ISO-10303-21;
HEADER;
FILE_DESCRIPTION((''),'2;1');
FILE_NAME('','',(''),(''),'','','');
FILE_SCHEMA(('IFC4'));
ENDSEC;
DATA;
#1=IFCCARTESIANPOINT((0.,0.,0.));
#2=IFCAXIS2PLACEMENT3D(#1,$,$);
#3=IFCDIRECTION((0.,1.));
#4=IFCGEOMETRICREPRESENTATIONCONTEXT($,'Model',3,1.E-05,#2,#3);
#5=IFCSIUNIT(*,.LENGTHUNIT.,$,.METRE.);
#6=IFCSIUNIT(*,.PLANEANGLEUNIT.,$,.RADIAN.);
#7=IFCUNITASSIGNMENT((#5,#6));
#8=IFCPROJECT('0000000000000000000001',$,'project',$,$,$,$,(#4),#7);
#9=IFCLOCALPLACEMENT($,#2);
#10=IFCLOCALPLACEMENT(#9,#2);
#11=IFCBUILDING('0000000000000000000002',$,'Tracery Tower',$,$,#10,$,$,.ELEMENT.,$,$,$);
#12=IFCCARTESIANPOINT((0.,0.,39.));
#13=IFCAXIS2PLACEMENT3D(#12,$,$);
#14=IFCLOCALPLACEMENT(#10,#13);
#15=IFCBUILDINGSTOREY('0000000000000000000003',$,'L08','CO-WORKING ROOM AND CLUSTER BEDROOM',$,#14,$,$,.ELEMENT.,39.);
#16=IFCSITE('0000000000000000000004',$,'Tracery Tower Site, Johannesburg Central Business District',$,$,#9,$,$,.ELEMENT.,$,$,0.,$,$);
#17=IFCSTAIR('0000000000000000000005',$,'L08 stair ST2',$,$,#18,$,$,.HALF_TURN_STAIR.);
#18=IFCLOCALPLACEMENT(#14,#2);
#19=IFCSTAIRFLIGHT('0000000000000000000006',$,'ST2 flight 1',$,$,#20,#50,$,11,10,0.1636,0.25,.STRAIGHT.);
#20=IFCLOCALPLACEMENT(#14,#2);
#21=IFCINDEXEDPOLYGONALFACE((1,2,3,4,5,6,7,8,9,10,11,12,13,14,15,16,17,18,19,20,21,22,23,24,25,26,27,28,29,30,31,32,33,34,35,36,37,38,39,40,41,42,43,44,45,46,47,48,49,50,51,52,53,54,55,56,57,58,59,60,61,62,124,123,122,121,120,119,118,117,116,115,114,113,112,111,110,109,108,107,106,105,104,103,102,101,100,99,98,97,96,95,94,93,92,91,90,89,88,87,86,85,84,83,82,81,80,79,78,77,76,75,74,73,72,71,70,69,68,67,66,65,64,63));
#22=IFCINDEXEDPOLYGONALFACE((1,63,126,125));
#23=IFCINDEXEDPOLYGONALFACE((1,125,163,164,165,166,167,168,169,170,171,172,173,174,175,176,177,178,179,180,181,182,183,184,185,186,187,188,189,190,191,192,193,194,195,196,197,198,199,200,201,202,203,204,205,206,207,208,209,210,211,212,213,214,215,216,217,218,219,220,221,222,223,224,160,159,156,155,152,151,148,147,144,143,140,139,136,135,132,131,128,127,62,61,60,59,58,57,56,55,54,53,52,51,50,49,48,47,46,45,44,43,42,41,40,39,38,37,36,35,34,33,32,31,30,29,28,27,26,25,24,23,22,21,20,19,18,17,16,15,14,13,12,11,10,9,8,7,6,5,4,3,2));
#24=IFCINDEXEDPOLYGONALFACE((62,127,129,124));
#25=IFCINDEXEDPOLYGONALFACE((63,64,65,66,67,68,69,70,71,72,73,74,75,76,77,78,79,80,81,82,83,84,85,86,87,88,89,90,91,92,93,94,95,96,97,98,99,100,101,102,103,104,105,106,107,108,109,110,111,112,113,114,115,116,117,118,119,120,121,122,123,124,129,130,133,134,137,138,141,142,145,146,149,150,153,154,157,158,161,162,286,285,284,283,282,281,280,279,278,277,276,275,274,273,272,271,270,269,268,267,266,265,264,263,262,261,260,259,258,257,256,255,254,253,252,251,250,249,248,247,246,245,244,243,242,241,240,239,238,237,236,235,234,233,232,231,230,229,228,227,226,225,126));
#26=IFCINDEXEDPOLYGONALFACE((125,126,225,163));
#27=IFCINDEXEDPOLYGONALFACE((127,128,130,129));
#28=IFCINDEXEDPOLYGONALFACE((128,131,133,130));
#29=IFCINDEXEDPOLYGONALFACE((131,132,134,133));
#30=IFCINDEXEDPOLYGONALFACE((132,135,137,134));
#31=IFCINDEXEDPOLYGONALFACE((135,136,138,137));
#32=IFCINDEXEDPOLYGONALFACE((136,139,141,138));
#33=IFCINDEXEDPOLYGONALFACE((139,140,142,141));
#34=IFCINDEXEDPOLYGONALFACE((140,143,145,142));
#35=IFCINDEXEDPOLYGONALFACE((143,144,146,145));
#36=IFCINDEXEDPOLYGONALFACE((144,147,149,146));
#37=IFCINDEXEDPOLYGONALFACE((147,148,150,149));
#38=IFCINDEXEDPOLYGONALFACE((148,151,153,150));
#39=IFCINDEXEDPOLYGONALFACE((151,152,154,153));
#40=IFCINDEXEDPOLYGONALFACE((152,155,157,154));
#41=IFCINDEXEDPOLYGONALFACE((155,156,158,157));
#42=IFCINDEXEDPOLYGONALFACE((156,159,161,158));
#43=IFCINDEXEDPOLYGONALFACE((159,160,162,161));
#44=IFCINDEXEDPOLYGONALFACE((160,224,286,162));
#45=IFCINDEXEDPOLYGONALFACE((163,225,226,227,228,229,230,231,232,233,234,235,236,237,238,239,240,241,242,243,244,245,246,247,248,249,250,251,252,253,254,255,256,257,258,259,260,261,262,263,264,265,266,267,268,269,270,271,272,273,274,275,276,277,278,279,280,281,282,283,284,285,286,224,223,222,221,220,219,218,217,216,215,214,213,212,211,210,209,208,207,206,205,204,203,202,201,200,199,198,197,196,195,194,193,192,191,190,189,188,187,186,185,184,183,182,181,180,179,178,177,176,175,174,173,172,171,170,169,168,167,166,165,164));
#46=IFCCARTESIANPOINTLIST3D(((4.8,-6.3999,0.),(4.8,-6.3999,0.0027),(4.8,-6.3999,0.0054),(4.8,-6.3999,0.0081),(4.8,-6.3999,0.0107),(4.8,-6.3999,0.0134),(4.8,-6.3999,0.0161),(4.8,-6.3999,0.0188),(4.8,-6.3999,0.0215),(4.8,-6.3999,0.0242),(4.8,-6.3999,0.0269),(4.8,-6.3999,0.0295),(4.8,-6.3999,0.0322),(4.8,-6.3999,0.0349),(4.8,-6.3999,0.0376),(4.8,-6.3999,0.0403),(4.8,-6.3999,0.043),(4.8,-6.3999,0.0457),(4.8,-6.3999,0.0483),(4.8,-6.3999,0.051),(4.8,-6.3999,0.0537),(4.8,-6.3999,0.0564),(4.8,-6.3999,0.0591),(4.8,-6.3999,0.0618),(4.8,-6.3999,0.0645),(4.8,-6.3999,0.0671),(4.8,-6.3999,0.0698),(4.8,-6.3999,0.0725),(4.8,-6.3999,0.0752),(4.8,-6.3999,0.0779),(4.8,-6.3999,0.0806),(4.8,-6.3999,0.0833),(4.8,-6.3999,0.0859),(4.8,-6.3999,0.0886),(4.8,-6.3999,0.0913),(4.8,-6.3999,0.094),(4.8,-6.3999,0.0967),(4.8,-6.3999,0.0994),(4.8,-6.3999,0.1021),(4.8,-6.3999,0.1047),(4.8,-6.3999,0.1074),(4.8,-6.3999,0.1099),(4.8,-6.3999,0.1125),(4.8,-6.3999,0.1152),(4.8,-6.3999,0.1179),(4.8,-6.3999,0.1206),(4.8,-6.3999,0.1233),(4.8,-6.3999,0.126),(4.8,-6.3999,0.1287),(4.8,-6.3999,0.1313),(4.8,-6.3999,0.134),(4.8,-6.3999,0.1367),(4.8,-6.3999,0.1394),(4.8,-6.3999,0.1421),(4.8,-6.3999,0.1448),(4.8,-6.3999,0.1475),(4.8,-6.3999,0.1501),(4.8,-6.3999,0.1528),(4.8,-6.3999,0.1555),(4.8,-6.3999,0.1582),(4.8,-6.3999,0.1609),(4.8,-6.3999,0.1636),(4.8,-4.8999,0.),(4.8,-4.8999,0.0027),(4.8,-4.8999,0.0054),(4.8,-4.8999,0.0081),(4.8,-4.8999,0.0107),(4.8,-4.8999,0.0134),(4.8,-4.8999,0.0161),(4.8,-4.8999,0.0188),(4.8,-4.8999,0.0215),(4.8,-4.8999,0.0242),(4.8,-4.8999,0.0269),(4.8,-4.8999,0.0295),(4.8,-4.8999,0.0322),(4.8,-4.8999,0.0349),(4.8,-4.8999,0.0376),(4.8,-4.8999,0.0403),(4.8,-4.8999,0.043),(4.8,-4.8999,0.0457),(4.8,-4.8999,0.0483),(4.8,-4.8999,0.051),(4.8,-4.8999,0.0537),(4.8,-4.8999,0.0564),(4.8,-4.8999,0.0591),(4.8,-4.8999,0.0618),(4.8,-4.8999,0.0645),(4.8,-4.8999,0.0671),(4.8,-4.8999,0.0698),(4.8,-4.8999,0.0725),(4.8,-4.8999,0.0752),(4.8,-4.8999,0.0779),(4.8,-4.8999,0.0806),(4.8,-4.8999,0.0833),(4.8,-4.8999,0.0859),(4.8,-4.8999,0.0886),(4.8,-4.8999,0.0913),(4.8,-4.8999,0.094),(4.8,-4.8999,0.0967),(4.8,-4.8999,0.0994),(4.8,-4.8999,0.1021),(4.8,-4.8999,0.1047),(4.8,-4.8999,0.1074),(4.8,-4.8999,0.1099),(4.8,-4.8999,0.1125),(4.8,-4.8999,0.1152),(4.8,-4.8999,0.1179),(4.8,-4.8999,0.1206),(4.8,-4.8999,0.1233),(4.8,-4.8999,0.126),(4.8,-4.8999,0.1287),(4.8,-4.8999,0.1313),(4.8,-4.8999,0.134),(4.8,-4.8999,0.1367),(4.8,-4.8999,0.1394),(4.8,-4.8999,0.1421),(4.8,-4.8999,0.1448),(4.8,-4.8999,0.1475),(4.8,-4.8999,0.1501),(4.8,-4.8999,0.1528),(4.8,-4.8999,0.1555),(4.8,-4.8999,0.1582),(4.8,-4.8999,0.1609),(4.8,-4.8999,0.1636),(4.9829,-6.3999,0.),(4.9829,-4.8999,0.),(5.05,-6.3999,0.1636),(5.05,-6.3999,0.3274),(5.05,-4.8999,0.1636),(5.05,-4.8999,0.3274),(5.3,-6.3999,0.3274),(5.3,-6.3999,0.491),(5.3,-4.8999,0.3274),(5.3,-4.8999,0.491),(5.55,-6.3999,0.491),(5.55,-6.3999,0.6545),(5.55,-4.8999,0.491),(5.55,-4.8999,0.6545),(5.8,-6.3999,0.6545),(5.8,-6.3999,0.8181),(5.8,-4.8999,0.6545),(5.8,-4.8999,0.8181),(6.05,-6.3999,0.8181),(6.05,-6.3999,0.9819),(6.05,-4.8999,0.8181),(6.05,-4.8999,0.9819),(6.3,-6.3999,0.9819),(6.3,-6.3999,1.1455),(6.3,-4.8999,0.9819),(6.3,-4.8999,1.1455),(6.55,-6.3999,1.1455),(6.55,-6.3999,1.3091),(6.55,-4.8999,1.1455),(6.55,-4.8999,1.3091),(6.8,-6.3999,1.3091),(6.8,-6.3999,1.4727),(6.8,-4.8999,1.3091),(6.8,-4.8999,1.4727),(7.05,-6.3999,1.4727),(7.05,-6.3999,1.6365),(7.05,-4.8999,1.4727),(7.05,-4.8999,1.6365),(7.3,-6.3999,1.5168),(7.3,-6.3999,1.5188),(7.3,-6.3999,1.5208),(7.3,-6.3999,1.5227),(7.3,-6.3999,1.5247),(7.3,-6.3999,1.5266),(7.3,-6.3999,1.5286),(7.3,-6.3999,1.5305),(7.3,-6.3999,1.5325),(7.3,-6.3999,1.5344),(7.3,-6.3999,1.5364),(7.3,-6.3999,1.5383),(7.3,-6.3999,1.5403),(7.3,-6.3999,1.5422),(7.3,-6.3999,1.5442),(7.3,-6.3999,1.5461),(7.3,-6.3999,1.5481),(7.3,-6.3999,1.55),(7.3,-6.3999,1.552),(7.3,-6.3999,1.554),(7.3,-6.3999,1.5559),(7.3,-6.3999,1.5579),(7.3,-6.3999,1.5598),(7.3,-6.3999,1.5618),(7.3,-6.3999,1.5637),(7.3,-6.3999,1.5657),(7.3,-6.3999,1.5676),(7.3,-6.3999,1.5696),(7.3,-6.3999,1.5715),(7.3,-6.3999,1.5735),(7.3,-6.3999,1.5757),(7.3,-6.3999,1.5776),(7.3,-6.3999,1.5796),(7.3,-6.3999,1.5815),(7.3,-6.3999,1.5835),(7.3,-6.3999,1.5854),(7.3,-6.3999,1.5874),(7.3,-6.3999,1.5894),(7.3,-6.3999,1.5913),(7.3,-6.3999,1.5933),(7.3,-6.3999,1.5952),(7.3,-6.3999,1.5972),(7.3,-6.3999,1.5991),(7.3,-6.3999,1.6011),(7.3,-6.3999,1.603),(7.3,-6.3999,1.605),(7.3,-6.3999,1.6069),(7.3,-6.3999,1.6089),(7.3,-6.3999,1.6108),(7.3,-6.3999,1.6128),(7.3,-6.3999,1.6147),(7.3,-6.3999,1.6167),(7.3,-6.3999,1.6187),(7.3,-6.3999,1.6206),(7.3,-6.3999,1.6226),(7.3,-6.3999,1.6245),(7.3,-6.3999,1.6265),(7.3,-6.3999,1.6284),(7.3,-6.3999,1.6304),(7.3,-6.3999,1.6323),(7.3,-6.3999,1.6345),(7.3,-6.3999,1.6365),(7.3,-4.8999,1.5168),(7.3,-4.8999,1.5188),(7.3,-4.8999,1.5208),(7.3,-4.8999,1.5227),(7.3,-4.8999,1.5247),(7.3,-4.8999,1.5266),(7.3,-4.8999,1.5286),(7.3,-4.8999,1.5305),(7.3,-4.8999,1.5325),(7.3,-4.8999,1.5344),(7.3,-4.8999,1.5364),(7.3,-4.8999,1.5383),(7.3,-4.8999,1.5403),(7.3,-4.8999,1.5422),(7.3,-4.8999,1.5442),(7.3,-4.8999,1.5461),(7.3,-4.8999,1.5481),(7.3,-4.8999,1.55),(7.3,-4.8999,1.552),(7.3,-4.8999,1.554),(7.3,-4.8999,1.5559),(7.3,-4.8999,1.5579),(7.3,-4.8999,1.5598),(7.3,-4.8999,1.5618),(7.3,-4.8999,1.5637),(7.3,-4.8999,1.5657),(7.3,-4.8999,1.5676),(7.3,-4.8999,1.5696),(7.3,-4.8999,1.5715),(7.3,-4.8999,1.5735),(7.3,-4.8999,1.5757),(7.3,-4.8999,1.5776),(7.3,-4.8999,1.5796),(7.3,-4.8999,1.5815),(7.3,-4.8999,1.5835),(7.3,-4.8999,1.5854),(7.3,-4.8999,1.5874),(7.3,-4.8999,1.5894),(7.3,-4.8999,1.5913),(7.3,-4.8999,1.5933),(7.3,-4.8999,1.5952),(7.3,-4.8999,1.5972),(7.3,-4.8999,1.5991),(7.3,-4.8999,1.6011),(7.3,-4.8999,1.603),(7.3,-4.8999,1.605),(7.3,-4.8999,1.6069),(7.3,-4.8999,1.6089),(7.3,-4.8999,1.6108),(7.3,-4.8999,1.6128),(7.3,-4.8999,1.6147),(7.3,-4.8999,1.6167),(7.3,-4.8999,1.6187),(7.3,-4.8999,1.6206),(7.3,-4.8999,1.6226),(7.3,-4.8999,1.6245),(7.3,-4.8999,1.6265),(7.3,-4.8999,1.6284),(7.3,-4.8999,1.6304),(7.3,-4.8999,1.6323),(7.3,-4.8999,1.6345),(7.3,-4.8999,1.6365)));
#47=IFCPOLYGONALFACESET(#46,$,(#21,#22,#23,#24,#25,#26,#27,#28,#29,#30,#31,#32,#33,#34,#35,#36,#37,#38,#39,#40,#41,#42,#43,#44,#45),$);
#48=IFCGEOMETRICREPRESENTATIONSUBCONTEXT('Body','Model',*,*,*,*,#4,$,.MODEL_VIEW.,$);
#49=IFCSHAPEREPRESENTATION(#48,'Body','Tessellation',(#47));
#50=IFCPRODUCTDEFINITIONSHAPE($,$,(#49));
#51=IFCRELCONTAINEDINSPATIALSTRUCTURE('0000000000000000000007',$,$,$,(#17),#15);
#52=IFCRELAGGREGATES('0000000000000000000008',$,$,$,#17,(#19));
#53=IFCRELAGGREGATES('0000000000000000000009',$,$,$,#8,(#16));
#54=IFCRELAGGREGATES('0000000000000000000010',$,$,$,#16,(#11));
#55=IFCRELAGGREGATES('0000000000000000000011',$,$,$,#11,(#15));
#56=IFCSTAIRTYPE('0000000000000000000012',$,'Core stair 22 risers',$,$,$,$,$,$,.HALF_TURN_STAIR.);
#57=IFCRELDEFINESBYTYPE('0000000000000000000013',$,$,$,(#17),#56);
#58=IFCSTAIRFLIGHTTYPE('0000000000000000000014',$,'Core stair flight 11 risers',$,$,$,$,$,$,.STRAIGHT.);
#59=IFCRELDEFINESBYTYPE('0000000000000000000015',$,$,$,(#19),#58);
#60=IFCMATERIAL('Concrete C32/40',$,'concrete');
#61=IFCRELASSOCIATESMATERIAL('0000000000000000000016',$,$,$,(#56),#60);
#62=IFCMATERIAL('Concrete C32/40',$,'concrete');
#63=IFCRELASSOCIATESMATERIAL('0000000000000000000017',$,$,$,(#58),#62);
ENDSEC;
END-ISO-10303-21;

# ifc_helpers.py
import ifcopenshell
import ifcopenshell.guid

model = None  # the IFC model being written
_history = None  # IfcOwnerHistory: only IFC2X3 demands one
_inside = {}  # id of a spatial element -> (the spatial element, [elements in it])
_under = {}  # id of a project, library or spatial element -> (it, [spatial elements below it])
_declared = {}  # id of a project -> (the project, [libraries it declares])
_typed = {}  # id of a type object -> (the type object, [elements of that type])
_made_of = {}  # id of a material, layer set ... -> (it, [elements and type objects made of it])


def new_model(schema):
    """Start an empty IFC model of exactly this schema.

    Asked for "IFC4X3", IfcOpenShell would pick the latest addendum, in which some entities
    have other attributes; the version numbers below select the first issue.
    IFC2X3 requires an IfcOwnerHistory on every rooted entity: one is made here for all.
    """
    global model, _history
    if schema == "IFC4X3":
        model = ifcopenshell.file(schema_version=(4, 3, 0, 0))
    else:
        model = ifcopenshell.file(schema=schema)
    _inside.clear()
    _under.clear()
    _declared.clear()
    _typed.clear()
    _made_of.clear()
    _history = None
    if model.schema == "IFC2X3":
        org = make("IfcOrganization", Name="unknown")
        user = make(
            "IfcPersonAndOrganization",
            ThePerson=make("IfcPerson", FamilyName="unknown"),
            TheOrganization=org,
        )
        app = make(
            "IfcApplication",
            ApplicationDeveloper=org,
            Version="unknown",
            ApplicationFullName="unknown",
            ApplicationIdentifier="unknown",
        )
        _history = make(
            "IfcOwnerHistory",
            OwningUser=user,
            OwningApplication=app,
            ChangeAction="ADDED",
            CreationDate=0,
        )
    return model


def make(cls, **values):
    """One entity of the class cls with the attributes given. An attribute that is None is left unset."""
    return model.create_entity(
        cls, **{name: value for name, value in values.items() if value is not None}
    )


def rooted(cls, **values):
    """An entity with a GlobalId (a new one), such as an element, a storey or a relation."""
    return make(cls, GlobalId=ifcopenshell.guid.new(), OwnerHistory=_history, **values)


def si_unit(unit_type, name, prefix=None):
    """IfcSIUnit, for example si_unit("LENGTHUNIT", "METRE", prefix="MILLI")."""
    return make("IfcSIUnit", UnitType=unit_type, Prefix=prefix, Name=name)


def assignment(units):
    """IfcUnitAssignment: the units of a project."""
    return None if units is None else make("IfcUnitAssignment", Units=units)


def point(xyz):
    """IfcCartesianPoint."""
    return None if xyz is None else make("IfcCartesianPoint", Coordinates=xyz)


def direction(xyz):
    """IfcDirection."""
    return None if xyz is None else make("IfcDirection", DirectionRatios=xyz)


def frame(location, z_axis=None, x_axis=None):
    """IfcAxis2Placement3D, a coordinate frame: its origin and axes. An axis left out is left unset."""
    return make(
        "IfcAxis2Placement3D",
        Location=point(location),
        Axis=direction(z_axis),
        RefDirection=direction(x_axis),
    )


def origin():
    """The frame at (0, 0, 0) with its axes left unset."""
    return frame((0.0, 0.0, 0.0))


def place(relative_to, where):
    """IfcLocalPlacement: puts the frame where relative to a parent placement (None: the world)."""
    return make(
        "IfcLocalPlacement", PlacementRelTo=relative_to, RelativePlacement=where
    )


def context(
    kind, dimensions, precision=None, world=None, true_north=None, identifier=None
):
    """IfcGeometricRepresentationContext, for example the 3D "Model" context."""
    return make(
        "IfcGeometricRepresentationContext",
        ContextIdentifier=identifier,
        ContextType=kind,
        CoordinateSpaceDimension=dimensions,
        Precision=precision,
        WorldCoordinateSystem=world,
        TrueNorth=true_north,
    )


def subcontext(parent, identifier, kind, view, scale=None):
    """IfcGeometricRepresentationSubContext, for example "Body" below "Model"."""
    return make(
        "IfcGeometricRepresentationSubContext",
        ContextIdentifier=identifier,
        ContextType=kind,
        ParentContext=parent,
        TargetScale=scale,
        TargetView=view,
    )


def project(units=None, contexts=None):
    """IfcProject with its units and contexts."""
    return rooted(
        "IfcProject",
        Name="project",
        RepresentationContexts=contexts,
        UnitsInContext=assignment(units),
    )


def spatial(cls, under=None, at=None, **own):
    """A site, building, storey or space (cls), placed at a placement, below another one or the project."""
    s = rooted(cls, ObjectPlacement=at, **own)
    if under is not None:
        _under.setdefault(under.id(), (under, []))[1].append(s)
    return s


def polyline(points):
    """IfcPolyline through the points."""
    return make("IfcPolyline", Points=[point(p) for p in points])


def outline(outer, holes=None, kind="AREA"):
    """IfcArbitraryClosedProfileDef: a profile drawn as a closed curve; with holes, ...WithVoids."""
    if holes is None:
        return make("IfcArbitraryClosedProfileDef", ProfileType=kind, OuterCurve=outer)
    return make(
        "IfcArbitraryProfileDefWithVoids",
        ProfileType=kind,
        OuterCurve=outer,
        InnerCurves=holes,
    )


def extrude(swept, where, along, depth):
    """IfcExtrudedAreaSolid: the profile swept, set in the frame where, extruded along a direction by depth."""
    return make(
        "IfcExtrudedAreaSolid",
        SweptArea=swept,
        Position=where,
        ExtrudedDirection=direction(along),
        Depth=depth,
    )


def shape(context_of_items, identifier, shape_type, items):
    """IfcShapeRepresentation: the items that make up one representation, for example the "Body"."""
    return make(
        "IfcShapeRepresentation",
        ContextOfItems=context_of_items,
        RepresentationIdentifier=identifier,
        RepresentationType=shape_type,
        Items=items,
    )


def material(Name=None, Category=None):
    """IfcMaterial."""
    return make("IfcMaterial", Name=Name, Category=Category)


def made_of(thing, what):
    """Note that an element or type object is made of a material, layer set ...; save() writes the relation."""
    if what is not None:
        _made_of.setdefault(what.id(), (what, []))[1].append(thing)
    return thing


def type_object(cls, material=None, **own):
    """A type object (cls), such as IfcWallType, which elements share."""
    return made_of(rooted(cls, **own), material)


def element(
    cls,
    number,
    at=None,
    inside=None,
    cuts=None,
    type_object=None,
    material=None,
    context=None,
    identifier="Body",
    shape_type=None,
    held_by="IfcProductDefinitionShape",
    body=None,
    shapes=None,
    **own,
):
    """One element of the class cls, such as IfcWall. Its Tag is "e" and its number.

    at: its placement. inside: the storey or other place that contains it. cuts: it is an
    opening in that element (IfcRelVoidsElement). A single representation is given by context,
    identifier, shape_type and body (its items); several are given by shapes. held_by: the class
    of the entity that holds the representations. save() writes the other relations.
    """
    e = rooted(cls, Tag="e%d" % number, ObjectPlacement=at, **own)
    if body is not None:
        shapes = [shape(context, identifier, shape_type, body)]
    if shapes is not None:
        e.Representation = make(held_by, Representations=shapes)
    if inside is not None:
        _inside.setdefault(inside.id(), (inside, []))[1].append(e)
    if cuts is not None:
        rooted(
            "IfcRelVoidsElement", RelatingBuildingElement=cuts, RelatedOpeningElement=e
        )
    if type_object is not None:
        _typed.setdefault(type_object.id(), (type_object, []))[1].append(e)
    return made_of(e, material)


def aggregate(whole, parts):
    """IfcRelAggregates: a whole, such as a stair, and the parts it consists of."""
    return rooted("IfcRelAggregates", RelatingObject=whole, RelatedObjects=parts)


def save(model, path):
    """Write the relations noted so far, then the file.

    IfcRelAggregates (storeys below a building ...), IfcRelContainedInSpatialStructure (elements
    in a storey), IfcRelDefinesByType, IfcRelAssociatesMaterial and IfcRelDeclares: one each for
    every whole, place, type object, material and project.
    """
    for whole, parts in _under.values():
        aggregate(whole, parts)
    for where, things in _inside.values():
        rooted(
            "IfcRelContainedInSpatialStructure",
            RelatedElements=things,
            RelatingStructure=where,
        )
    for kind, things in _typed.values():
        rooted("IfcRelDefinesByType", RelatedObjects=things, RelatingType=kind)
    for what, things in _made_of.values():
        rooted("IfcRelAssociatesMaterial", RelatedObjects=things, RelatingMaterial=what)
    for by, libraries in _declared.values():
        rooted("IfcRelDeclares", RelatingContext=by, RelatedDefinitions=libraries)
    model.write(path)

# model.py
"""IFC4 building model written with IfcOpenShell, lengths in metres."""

from ifc_helpers import new_model, si_unit, direction, frame, origin, place, context, subcontext, project, spatial, polyline, outline, extrude, material, type_object, element, aggregate, save


model = new_model("IFC4")

# Units and contexts
model_context = context("Model", 3, precision=1e-05, world=origin(), true_north=direction((0.0, 1.0)))
body_context = subcontext(model_context, "Body", "Model", "MODEL_VIEW")
ifc_project = project(units=[si_unit("LENGTHUNIT", "METRE"), si_unit("PLANEANGLEUNIT", "RADIAN")], contexts=[model_context])

# Site, building, storey
site_placement = place(None, origin())
site = spatial("IfcSite", under=ifc_project, at=site_placement, Name="Tracery Tower Site, Johannesburg Central Business District", CompositionType="ELEMENT", RefElevation=0.0)
building_placement = place(site_placement, origin())
building = spatial("IfcBuilding", under=site, at=building_placement, Name="Tracery Tower", CompositionType="ELEMENT")
storey_placement = place(building_placement, frame((0.0, 0.0, 39.0)))
storey = spatial("IfcBuildingStorey", under=building, at=storey_placement, Name="L08", Description="CO-WORKING ROOM AND CLUSTER BEDROOM", CompositionType="ELEMENT", Elevation=39.0)

# Stair, stair flight
ifc_material_1 = material(Name="Concrete C32/40", Category="concrete")
stair_type = type_object("IfcStairType", Name="Core stair 22 risers", PredefinedType="HALF_TURN_STAIR", material=ifc_material_1)
stair_placement = place(storey_placement, origin())
stair = element("IfcStair", 1, at=stair_placement, inside=storey, type_object=stair_type, Name="L08 stair ST2", PredefinedType="HALF_TURN_STAIR")
ifc_material_2 = material(Name="Concrete C32/40", Category="concrete")
stair_flight_type = type_object("IfcStairFlightType", Name="Core stair flight 11 risers", PredefinedType="STRAIGHT", material=ifc_material_2)
stair_flight_1_placement = place(storey_placement, frame((4.8, -5.6499, 0.0), z_axis=(0.0, 0.0, 1.0), x_axis=(1.0, 0.0, 0.0)))
stair_flight_1 = element("IfcStairFlight", 2, at=stair_flight_1_placement, type_object=stair_flight_type, Name="ST2 flight 1", NumberOfRisers=11, NumberOfTreads=10, PredefinedType="STRAIGHT", RiserHeight=0.1636, TreadLength=0.25, context=body_context, shape_type="SweptSolid", body=[
    extrude(outline(polyline([(0.0, 0.0), (0.0, 0.0027), (0.0, 0.0054), (0.0, 0.0081), (0.0, 0.0107), (0.0, 0.0134), (0.0, 0.0161), (0.0, 0.0188), (0.0, 0.0215), (0.0, 0.0242), (0.0, 0.0269), (0.0, 0.0295), (0.0, 0.0322), (0.0, 0.0349), (0.0, 0.0376), (0.0, 0.0403), (0.0, 0.043), (0.0, 0.0457), (0.0, 0.0483), (0.0, 0.051), (0.0, 0.0537), (0.0, 0.0564), (0.0, 0.0591), (0.0, 0.0618), (0.0, 0.0645), (0.0, 0.0671), (0.0, 0.0698), (0.0, 0.0725), (0.0, 0.0752), (0.0, 0.0779), (0.0, 0.0806), (0.0, 0.0833), (0.0, 0.0859), (0.0, 0.0886), (0.0, 0.0913), (0.0, 0.094), (0.0, 0.0967), (0.0, 0.0994), (0.0, 0.1021), (0.0, 0.1047), (0.0, 0.1074), (0.0, 0.1099), (0.0, 0.1125), (0.0, 0.1152), (0.0, 0.1179), (0.0, 0.1206), (0.0, 0.1233), (0.0, 0.126), (0.0, 0.1287), (0.0, 0.1313), (0.0, 0.134), (0.0, 0.1367), (0.0, 0.1394), (0.0, 0.1421), (0.0, 0.1448), (0.0, 0.1475), (0.0, 0.1501), (0.0, 0.1528), (0.0, 0.1555), (0.0, 0.1582), (0.0, 0.1609), (0.0, 0.1636), (0.25, 0.1636), (0.25, 0.3274), (0.5, 0.3274), (0.5, 0.491), (0.75, 0.491), (0.75, 0.6545), (1.0, 0.6545), (1.0, 0.8181), (1.25, 0.8181), (1.25, 0.9819), (1.5, 0.9819), (1.5, 1.1455), (1.75, 1.1455), (1.75, 1.3091), (2.0, 1.3091), (2.0, 1.4727), (2.25, 1.4727), (2.25, 1.6365), (2.5, 1.6365), (2.5, 1.6345), (2.5, 1.6323), (2.5, 1.6304), (2.5, 1.6284), (2.5, 1.6265), (2.5, 1.6245), (2.5, 1.6226), (2.5, 1.6206), (2.5, 1.6187), (2.5, 1.6167), (2.5, 1.6147), (2.5, 1.6128), (2.5, 1.6108), (2.5, 1.6089), (2.5, 1.6069), (2.5, 1.605), (2.5, 1.603), (2.5, 1.6011), (2.5, 1.5991), (2.5, 1.5972), (2.5, 1.5952), (2.5, 1.5933), (2.5, 1.5913), (2.5, 1.5894), (2.5, 1.5874), (2.5, 1.5854), (2.5, 1.5835), (2.5, 1.5815), (2.5, 1.5796), (2.5, 1.5776), (2.5, 1.5757), (2.5, 1.5735), (2.5, 1.5715), (2.5, 1.5696), (2.5, 1.5676), (2.5, 1.5657), (2.5, 1.5637), (2.5, 1.5618), (2.5, 1.5598), (2.5, 1.5579), (2.5, 1.5559), (2.5, 1.554), (2.5, 1.552), (2.5, 1.55), (2.5, 1.5481), (2.5, 1.5461), (2.5, 1.5442), (2.5, 1.5422), (2.5, 1.5403), (2.5, 1.5383), (2.5, 1.5364), (2.5, 1.5344), (2.5, 1.5325), (2.5, 1.5305), (2.5, 1.5286), (2.5, 1.5266), (2.5, 1.5247), (2.5, 1.5227), (2.5, 1.5208), (2.5, 1.5188), (2.5, 1.5168), (0.1829, 0.0), (0.0, 0.0)])), frame((0.0, 0.75, 0.0), z_axis=(0.0, -1.0, 0.0), x_axis=(1.0, 0.0, 0.0)), (0.0, 0.0, 1.0), 1.5),
])
aggregate(stair, [stair_flight_1])

save(model, "model.ifc")
